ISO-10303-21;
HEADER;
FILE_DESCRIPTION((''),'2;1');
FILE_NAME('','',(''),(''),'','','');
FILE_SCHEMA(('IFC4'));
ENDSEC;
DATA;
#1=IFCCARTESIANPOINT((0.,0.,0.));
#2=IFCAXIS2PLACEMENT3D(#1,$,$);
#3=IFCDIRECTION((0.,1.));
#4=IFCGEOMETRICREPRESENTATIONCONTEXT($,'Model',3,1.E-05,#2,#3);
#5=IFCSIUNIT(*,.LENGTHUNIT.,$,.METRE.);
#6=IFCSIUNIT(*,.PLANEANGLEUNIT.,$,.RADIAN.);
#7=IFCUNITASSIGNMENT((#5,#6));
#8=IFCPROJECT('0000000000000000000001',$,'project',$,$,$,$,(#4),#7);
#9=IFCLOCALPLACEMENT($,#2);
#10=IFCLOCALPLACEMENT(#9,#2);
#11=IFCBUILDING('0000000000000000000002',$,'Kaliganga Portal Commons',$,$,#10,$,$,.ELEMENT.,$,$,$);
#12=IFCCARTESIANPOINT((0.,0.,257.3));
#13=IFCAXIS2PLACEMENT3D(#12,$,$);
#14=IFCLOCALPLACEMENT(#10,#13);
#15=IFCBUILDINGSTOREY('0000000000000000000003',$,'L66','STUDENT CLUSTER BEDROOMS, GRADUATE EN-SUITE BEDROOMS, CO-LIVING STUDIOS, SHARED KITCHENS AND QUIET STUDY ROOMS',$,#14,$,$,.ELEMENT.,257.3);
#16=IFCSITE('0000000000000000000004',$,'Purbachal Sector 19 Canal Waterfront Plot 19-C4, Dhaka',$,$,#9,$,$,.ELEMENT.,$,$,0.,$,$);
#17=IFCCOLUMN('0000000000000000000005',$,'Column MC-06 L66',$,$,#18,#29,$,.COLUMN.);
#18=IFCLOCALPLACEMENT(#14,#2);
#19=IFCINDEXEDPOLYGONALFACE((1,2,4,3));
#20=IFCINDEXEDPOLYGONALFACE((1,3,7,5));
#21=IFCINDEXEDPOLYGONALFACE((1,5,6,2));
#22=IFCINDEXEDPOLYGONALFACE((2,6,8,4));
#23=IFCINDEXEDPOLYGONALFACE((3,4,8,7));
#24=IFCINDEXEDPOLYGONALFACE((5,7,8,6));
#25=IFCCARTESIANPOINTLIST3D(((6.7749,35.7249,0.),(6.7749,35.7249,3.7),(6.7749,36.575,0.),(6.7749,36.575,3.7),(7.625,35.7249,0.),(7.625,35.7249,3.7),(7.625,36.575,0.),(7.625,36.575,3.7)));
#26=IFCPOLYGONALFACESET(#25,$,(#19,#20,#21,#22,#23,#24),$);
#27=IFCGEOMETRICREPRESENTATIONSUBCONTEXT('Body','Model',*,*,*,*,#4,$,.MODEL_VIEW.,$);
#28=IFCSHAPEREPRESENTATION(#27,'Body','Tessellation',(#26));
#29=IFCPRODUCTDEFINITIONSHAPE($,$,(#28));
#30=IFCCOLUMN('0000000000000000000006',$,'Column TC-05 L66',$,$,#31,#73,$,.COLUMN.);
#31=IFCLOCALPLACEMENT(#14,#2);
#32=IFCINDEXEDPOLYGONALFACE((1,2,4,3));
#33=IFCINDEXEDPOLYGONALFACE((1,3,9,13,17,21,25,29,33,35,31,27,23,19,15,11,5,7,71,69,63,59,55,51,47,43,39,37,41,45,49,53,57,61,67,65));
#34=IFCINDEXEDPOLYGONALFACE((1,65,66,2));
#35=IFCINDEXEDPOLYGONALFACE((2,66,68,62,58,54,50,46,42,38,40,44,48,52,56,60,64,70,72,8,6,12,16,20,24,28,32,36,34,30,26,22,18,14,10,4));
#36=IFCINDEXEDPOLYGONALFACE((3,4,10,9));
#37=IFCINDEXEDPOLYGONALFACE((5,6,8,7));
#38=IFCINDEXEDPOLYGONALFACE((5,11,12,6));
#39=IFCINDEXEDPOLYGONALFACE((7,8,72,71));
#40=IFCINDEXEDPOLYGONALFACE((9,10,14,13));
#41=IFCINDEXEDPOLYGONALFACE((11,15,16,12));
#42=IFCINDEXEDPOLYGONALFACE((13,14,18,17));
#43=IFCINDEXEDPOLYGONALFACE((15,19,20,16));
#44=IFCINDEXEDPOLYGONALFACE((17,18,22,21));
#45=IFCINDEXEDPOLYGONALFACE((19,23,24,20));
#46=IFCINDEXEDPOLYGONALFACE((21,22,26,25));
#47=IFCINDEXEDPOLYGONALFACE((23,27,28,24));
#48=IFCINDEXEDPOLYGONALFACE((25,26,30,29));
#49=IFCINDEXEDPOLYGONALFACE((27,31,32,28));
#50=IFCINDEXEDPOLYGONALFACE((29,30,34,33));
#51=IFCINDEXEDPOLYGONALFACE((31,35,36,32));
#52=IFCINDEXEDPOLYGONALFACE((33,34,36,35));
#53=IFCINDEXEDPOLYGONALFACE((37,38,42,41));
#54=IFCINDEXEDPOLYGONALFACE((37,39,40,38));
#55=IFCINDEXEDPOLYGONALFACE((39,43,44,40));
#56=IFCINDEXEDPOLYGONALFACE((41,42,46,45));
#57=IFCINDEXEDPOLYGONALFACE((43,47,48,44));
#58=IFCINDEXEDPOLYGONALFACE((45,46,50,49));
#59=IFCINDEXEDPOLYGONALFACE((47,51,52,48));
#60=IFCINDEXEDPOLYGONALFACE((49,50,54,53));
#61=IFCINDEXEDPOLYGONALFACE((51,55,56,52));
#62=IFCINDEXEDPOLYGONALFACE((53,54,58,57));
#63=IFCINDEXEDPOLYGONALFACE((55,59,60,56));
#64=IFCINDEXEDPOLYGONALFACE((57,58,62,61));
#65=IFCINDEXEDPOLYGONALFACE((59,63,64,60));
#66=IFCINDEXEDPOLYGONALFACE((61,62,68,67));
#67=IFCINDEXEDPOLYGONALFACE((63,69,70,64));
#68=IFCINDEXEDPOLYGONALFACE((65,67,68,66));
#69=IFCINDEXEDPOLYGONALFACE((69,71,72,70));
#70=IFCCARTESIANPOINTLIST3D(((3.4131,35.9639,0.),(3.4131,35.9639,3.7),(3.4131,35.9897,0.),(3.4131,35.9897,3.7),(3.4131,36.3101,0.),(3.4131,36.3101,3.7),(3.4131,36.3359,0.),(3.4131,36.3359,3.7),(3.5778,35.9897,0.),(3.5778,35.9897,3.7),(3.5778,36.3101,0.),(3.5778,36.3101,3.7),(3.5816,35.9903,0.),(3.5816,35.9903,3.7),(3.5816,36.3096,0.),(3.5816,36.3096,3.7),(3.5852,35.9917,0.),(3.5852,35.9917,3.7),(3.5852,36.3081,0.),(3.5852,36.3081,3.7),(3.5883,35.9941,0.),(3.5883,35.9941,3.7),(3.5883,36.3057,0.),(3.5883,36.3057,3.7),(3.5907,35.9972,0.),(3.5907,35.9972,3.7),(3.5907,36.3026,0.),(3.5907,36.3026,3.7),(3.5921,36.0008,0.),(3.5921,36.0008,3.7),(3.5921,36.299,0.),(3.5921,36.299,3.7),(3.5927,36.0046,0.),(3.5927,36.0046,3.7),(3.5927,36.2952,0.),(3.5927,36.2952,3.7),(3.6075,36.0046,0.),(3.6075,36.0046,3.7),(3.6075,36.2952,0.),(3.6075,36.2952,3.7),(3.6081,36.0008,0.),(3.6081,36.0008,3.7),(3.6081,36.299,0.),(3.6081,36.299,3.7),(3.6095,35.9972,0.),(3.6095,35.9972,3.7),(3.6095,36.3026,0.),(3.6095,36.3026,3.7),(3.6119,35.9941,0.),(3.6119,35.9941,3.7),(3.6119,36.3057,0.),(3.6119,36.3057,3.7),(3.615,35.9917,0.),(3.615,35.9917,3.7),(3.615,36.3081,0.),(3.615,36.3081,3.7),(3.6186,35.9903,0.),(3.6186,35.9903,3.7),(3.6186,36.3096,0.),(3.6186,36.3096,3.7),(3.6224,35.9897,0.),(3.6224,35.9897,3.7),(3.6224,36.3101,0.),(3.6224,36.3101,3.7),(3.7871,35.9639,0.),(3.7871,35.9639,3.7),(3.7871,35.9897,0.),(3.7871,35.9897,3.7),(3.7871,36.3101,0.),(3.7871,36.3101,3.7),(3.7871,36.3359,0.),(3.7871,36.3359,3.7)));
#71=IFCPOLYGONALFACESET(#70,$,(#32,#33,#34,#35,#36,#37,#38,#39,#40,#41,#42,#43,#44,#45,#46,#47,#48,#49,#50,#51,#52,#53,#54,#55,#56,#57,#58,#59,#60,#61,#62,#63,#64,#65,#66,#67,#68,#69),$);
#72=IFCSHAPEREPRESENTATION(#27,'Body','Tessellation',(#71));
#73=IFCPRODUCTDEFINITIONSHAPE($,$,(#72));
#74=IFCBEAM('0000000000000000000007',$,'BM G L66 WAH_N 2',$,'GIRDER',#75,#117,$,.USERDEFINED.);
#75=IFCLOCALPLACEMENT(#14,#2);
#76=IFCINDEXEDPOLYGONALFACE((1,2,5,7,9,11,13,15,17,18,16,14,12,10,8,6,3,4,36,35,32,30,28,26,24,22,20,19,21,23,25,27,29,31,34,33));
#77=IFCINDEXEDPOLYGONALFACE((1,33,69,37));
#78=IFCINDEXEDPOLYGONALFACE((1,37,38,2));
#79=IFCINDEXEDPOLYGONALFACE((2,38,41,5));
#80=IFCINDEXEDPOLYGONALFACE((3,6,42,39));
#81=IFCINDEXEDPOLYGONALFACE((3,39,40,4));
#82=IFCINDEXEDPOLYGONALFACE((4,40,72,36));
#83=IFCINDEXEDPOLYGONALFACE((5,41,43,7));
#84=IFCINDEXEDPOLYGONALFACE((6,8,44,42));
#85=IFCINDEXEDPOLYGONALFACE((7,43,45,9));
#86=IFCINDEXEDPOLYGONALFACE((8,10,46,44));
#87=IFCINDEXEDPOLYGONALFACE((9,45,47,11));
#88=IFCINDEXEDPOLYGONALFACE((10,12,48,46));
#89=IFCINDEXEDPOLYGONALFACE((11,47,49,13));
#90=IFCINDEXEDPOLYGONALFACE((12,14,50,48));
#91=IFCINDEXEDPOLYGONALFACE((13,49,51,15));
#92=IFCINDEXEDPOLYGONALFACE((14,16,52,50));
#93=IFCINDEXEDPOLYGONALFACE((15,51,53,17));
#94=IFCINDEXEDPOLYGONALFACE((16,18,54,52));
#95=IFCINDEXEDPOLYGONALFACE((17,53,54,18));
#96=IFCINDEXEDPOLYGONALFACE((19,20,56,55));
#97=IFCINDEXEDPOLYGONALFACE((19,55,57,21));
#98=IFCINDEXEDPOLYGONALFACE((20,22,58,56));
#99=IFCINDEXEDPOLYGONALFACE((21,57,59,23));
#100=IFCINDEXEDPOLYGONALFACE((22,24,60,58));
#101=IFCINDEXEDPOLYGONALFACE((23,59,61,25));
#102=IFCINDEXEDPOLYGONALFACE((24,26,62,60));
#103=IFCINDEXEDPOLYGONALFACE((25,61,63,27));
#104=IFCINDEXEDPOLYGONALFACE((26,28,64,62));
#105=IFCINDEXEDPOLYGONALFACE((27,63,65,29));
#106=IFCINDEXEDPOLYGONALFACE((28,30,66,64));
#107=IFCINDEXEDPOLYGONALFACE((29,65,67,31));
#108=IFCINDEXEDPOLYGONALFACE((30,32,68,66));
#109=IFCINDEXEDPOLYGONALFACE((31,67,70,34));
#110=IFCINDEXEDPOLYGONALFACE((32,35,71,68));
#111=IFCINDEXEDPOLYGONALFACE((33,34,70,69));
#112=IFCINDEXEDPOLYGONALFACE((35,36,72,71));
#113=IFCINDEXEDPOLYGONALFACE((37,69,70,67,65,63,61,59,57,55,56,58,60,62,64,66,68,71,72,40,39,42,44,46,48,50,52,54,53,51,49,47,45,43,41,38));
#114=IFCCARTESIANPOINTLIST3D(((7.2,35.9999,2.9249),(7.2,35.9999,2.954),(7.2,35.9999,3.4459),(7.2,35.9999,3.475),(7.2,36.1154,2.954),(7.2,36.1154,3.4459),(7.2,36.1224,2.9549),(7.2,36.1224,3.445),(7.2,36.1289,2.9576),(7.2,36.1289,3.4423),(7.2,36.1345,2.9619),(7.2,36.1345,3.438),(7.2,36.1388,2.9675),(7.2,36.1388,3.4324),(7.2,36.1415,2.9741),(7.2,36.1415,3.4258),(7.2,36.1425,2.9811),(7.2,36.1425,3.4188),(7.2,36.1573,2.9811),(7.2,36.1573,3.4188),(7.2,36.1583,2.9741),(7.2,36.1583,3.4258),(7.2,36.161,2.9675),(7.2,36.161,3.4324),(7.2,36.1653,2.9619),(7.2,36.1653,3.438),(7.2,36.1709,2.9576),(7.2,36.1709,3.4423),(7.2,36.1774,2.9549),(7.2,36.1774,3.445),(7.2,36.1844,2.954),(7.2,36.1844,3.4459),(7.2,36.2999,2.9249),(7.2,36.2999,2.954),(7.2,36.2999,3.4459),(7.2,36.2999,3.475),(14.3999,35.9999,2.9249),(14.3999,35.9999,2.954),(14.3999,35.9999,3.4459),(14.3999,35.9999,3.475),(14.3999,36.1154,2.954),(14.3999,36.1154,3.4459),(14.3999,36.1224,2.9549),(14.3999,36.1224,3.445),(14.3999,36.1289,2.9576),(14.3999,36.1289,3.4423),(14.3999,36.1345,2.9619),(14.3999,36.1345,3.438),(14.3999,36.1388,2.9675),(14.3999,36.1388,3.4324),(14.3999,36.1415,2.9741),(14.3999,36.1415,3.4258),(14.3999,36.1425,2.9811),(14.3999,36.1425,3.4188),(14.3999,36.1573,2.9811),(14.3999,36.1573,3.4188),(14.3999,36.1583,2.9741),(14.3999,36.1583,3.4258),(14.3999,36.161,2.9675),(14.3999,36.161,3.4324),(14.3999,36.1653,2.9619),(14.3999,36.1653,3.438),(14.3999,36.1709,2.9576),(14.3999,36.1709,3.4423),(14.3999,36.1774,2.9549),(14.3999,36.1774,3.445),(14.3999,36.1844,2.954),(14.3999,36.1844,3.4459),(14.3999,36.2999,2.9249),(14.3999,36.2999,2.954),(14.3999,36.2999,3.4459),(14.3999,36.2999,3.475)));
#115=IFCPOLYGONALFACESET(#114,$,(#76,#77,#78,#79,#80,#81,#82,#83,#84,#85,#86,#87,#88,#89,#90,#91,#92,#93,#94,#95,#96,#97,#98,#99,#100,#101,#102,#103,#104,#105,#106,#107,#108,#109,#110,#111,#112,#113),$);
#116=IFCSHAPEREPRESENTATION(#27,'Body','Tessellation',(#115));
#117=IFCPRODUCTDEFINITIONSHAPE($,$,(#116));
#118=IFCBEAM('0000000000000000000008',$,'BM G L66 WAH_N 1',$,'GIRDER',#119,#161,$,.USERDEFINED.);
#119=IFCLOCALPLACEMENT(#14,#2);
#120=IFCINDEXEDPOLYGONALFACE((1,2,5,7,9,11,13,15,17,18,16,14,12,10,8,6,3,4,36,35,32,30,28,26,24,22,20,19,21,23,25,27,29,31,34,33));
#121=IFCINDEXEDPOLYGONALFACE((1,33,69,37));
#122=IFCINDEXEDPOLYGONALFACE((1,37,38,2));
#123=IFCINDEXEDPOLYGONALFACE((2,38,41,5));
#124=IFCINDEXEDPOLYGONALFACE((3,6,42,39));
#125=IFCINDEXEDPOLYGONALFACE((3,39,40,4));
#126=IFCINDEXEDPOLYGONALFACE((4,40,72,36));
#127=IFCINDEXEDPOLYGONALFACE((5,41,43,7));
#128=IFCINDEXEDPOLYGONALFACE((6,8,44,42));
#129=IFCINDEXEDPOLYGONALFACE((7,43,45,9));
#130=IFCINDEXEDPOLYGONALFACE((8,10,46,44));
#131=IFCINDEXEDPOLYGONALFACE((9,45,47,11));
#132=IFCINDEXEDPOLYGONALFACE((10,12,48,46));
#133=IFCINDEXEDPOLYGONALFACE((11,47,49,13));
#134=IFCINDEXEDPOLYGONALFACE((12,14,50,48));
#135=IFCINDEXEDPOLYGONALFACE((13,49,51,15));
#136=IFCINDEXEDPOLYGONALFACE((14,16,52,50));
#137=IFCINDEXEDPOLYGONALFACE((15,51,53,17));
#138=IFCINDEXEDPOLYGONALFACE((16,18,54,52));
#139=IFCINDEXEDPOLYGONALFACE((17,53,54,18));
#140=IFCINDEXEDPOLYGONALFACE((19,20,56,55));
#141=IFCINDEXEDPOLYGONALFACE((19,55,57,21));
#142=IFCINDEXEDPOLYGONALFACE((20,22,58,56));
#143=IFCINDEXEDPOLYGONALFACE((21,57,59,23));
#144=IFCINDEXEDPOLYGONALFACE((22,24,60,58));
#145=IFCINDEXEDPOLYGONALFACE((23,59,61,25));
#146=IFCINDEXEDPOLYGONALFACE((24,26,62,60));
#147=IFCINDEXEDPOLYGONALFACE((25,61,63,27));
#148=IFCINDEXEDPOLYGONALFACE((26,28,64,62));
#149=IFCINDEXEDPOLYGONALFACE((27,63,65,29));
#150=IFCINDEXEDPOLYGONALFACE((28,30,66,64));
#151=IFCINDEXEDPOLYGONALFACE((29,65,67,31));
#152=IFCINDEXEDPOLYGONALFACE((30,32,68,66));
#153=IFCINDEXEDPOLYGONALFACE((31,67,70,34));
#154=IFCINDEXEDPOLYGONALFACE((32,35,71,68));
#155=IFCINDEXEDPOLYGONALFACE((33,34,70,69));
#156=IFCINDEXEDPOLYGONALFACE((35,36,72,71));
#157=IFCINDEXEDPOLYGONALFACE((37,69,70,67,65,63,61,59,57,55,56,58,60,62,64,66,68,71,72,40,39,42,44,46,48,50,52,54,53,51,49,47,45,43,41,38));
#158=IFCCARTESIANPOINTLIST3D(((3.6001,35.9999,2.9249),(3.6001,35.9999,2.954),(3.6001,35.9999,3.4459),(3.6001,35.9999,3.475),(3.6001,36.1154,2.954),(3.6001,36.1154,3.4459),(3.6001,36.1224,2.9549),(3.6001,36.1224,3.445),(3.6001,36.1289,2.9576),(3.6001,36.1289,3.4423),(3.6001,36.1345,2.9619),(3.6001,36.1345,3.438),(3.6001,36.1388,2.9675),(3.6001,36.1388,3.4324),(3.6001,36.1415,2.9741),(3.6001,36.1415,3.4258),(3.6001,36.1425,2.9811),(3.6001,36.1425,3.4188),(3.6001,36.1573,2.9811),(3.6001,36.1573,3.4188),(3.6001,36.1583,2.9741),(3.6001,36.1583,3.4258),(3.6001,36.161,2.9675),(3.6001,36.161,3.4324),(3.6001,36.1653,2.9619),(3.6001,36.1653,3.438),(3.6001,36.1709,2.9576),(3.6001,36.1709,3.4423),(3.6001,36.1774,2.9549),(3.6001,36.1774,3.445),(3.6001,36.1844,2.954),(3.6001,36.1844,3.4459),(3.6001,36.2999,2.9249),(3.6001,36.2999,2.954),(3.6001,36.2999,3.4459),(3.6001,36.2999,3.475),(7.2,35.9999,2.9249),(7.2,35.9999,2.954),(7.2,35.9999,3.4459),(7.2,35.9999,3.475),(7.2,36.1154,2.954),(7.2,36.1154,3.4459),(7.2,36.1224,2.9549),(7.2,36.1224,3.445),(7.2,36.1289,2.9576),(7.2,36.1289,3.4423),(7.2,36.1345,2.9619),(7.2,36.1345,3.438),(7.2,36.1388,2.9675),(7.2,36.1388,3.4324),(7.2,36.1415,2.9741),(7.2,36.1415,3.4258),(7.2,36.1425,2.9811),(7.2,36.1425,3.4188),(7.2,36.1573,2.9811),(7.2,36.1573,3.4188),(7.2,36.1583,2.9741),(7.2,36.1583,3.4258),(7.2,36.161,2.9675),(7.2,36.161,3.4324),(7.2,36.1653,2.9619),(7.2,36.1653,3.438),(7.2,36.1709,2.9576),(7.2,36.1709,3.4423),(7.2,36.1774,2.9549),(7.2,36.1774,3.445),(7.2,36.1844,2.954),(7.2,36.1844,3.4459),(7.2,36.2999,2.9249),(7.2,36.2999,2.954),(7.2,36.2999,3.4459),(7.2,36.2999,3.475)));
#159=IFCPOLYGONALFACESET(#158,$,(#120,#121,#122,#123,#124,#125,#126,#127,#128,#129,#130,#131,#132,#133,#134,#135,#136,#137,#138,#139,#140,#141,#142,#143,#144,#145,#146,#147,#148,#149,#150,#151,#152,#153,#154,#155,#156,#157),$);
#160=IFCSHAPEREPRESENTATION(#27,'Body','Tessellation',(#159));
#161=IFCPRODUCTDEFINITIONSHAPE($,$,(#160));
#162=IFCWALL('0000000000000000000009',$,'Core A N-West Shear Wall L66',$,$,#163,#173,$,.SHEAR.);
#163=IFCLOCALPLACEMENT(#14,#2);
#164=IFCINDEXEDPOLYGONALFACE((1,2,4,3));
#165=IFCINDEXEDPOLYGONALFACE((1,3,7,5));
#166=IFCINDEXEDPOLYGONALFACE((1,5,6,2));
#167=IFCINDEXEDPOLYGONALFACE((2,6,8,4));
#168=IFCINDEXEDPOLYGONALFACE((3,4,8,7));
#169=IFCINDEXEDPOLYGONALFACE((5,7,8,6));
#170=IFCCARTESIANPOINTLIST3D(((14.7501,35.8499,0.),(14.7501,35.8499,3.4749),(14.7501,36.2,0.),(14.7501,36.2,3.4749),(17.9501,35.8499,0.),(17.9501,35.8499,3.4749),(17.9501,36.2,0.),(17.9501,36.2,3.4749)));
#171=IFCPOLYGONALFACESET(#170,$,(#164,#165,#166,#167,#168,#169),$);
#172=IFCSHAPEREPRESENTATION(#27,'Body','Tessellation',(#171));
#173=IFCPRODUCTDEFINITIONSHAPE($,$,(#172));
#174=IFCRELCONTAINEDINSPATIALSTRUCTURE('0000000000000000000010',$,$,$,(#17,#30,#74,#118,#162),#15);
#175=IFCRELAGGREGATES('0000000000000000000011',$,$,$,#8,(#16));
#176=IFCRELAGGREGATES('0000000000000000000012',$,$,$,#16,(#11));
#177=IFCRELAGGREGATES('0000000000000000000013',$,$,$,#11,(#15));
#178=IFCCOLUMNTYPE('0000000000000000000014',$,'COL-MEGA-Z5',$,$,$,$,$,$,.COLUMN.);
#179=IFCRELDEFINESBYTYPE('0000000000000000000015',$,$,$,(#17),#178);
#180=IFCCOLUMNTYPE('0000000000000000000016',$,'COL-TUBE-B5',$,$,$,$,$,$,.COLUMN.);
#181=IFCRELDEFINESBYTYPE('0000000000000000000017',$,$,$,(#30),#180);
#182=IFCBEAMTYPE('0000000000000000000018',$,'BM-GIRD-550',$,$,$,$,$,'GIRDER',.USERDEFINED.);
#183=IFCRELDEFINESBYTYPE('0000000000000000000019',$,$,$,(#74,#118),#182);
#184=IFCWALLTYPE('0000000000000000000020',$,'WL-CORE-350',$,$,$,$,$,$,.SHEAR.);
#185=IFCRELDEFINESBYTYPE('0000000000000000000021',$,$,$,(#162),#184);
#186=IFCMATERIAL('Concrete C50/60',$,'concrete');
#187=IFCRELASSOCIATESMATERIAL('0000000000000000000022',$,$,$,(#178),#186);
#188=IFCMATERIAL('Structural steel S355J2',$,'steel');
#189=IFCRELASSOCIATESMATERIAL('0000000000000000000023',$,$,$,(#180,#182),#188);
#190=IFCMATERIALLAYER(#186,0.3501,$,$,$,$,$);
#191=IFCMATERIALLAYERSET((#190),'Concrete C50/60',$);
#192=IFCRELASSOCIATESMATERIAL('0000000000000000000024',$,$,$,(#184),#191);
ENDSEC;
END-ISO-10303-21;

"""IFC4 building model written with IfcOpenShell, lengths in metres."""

from ifc_helpers import new_model, si_unit, direction, frame, frame_2d, origin, origin_2d, place, context, subcontext, project, spatial, rectangle, i_section, extrude, source, transform, mapped, material, layer, layer_set, material_profile, profile_set, type_object, element, save


model = new_model("IFC4")

# Units and contexts
model_context = context("Model", 3, precision=1e-05, world=origin(), true_north=direction((0.0, 1.0)))
body_context = subcontext(model_context, "Body", "Model", "MODEL_VIEW")
ifc_project = project(units=[si_unit("LENGTHUNIT", "METRE"), si_unit("PLANEANGLEUNIT", "RADIAN")], contexts=[model_context])

# Site, building, storey
site_placement = place(None, origin())
site = spatial("IfcSite", under=ifc_project, at=site_placement, Name="Purbachal Sector 19 Canal Waterfront Plot 19-C4, Dhaka", CompositionType="ELEMENT", RefElevation=0.0)
building_placement = place(site_placement, origin())
building = spatial("IfcBuilding", under=site, at=building_placement, Name="Kaliganga Portal Commons", CompositionType="ELEMENT")
storey_placement = place(building_placement, frame((0.0, 0.0, 257.3)))
storey = spatial("IfcBuildingStorey", under=building, at=storey_placement, Name="L66", Description="STUDENT CLUSTER BEDROOMS, GRADUATE EN-SUITE BEDROOMS, CO-LIVING STUDIOS, SHARED KITCHENS AND QUIET STUDY ROOMS", CompositionType="ELEMENT", Elevation=257.3)

# Columns
ifc_material_1 = material(Name="Concrete C50/60", Category="concrete")
ifc_material_profile_1 = material_profile(ifc_material_1, rectangle(XDim=0.8501, YDim=0.8501, at=origin_2d()), Name="RC 850x850")
ifc_profile_set_1 = profile_set([ifc_material_profile_1], Name="Concrete C50/60")
column_type_1 = type_object("IfcColumnType", Name="COL-MEGA-Z5", PredefinedType="COLUMN", material=ifc_profile_set_1)
shared_shape_1 = source(origin(), body_context, "Body", "SweptSolid", [
    extrude(rectangle(XDim=0.8501, YDim=0.8501, at=origin_2d()), origin(), (0.0, 0.0, 1.0), 3.7),
])
column_1_placement = place(storey_placement, frame((7.2, 36.1499, 0.0), z_axis=(0.0, 0.0, 1.0), x_axis=(1.0, 0.0, 0.0)))
element("IfcColumn", 1, at=column_1_placement, inside=storey, type_object=column_type_1, Name="Column MC-06 L66", PredefinedType="COLUMN", context=body_context, shape_type="MappedRepresentation", body=[
    mapped(shared_shape_1, transform((0.0, 0.0, 0.0), x_axis=(1.0, 0.0, 0.0), y_axis=(0.0, 1.0, 0.0), z_axis=(0.0, 0.0, 1.0), scale=1.0)),
])
ifc_material_2 = material(Name="Structural steel S355J2", Category="steel")
ifc_material_profile_2 = material_profile(ifc_material_2, i_section(OverallWidth=0.374, OverallDepth=0.3721, WebThickness=0.0149, FlangeThickness=0.0259, FilletRadius=0.0149, at=origin_2d()), Name="HD 360x196")
ifc_profile_set_2 = profile_set([ifc_material_profile_2], Name="Structural steel S355J2 wide-flange")
column_type_2 = type_object("IfcColumnType", Name="COL-TUBE-B5", PredefinedType="COLUMN", material=ifc_profile_set_2)
shared_shape_2 = source(origin(), body_context, "Body", "SweptSolid", [
    extrude(i_section(OverallWidth=0.374, OverallDepth=0.3721, WebThickness=0.0149, FlangeThickness=0.0259, FilletRadius=0.0149, at=origin_2d()), origin(), (0.0, 0.0, 1.0), 3.7),
])
column_2_placement = place(storey_placement, frame((3.6001, 36.1499, 0.0), z_axis=(0.0, 0.0, 1.0), x_axis=(1.0, 0.0, 0.0)))
element("IfcColumn", 2, at=column_2_placement, inside=storey, type_object=column_type_2, Name="Column TC-05 L66", PredefinedType="COLUMN", context=body_context, shape_type="MappedRepresentation", body=[
    mapped(shared_shape_2, transform((0.0, 0.0, 0.0), x_axis=(1.0, 0.0, 0.0), y_axis=(0.0, 1.0, 0.0), z_axis=(0.0, 0.0, 1.0), scale=1.0)),
])

# Beams
ifc_material_profile_3 = material_profile(ifc_material_2, i_section(OverallWidth=0.3, OverallDepth=0.55, WebThickness=0.0149, FlangeThickness=0.0291, FilletRadius=0.0271, at=origin_2d()), Name="HE 550 B")
ifc_profile_set_3 = profile_set([ifc_material_profile_3], Name="Structural steel S355J2 wide-flange")
beam_type = type_object("IfcBeamType", Name="BM-GIRD-550", ElementType="GIRDER", PredefinedType="USERDEFINED", material=ifc_profile_set_3)
shared_shape_3 = source(origin(), body_context, "Body", "SweptSolid", [
    extrude(i_section(OverallWidth=0.3, OverallDepth=0.55, WebThickness=0.0149, FlangeThickness=0.0291, FilletRadius=0.0271, at=origin_2d()), origin(), (0.0, 0.0, 1.0), 7.2),
])
beam_1_placement = place(storey_placement, frame((7.2, 36.1499, 3.2), z_axis=(1.0, 0.0, 0.0), x_axis=(0.0, 1.0, 0.0)))
element("IfcBeam", 3, at=beam_1_placement, inside=storey, type_object=beam_type, Name="BM G L66 WAH_N 2", ObjectType="GIRDER", PredefinedType="USERDEFINED", context=body_context, shape_type="MappedRepresentation", body=[
    mapped(shared_shape_3, transform((0.0, 0.0, 0.0), x_axis=(1.0, 0.0, 0.0), y_axis=(0.0, 1.0, 0.0), z_axis=(0.0, 0.0, 1.0), scale=1.0)),
])
shared_shape_4 = source(origin(), body_context, "Body", "SweptSolid", [
    extrude(i_section(OverallWidth=0.3, OverallDepth=0.55, WebThickness=0.0149, FlangeThickness=0.0291, FilletRadius=0.0271, at=origin_2d()), origin(), (0.0, 0.0, 1.0), 3.5999),
])
beam_2_placement = place(storey_placement, frame((3.6001, 36.1499, 3.2), z_axis=(1.0, 0.0, 0.0), x_axis=(0.0, 1.0, 0.0)))
element("IfcBeam", 4, at=beam_2_placement, inside=storey, type_object=beam_type, Name="BM G L66 WAH_N 1", ObjectType="GIRDER", PredefinedType="USERDEFINED", context=body_context, shape_type="MappedRepresentation", body=[
    mapped(shared_shape_4, transform((0.0, 0.0, 0.0), x_axis=(1.0, 0.0, 0.0), y_axis=(0.0, 1.0, 0.0), z_axis=(0.0, 0.0, 1.0), scale=1.0)),
])

# Wall
ifc_layer_1 = layer(ifc_material_1, 0.3501)
ifc_layer_set_1 = layer_set([ifc_layer_1], Name="Concrete C50/60")
wall_type_1 = type_object("IfcWallType", Name="WL-CORE-350", PredefinedType="SHEAR", material=ifc_layer_set_1)
wall_1_placement = place(storey_placement, frame((14.75, 36.0249, 0.0), z_axis=(0.0, 0.0, 1.0), x_axis=(1.0, 0.0, 0.0)))
element("IfcWall", 5, at=wall_1_placement, inside=storey, type_object=wall_type_1, Name="Core A N-West Shear Wall L66", PredefinedType="SHEAR", context=body_context, shape_type="SweptSolid", body=[
    extrude(rectangle(XDim=3.2, YDim=0.3501, at=frame_2d((1.6001, 0.0))), origin(), (0.0, 0.0, 1.0), 3.4749),
])

save(model, "model.ifc")
